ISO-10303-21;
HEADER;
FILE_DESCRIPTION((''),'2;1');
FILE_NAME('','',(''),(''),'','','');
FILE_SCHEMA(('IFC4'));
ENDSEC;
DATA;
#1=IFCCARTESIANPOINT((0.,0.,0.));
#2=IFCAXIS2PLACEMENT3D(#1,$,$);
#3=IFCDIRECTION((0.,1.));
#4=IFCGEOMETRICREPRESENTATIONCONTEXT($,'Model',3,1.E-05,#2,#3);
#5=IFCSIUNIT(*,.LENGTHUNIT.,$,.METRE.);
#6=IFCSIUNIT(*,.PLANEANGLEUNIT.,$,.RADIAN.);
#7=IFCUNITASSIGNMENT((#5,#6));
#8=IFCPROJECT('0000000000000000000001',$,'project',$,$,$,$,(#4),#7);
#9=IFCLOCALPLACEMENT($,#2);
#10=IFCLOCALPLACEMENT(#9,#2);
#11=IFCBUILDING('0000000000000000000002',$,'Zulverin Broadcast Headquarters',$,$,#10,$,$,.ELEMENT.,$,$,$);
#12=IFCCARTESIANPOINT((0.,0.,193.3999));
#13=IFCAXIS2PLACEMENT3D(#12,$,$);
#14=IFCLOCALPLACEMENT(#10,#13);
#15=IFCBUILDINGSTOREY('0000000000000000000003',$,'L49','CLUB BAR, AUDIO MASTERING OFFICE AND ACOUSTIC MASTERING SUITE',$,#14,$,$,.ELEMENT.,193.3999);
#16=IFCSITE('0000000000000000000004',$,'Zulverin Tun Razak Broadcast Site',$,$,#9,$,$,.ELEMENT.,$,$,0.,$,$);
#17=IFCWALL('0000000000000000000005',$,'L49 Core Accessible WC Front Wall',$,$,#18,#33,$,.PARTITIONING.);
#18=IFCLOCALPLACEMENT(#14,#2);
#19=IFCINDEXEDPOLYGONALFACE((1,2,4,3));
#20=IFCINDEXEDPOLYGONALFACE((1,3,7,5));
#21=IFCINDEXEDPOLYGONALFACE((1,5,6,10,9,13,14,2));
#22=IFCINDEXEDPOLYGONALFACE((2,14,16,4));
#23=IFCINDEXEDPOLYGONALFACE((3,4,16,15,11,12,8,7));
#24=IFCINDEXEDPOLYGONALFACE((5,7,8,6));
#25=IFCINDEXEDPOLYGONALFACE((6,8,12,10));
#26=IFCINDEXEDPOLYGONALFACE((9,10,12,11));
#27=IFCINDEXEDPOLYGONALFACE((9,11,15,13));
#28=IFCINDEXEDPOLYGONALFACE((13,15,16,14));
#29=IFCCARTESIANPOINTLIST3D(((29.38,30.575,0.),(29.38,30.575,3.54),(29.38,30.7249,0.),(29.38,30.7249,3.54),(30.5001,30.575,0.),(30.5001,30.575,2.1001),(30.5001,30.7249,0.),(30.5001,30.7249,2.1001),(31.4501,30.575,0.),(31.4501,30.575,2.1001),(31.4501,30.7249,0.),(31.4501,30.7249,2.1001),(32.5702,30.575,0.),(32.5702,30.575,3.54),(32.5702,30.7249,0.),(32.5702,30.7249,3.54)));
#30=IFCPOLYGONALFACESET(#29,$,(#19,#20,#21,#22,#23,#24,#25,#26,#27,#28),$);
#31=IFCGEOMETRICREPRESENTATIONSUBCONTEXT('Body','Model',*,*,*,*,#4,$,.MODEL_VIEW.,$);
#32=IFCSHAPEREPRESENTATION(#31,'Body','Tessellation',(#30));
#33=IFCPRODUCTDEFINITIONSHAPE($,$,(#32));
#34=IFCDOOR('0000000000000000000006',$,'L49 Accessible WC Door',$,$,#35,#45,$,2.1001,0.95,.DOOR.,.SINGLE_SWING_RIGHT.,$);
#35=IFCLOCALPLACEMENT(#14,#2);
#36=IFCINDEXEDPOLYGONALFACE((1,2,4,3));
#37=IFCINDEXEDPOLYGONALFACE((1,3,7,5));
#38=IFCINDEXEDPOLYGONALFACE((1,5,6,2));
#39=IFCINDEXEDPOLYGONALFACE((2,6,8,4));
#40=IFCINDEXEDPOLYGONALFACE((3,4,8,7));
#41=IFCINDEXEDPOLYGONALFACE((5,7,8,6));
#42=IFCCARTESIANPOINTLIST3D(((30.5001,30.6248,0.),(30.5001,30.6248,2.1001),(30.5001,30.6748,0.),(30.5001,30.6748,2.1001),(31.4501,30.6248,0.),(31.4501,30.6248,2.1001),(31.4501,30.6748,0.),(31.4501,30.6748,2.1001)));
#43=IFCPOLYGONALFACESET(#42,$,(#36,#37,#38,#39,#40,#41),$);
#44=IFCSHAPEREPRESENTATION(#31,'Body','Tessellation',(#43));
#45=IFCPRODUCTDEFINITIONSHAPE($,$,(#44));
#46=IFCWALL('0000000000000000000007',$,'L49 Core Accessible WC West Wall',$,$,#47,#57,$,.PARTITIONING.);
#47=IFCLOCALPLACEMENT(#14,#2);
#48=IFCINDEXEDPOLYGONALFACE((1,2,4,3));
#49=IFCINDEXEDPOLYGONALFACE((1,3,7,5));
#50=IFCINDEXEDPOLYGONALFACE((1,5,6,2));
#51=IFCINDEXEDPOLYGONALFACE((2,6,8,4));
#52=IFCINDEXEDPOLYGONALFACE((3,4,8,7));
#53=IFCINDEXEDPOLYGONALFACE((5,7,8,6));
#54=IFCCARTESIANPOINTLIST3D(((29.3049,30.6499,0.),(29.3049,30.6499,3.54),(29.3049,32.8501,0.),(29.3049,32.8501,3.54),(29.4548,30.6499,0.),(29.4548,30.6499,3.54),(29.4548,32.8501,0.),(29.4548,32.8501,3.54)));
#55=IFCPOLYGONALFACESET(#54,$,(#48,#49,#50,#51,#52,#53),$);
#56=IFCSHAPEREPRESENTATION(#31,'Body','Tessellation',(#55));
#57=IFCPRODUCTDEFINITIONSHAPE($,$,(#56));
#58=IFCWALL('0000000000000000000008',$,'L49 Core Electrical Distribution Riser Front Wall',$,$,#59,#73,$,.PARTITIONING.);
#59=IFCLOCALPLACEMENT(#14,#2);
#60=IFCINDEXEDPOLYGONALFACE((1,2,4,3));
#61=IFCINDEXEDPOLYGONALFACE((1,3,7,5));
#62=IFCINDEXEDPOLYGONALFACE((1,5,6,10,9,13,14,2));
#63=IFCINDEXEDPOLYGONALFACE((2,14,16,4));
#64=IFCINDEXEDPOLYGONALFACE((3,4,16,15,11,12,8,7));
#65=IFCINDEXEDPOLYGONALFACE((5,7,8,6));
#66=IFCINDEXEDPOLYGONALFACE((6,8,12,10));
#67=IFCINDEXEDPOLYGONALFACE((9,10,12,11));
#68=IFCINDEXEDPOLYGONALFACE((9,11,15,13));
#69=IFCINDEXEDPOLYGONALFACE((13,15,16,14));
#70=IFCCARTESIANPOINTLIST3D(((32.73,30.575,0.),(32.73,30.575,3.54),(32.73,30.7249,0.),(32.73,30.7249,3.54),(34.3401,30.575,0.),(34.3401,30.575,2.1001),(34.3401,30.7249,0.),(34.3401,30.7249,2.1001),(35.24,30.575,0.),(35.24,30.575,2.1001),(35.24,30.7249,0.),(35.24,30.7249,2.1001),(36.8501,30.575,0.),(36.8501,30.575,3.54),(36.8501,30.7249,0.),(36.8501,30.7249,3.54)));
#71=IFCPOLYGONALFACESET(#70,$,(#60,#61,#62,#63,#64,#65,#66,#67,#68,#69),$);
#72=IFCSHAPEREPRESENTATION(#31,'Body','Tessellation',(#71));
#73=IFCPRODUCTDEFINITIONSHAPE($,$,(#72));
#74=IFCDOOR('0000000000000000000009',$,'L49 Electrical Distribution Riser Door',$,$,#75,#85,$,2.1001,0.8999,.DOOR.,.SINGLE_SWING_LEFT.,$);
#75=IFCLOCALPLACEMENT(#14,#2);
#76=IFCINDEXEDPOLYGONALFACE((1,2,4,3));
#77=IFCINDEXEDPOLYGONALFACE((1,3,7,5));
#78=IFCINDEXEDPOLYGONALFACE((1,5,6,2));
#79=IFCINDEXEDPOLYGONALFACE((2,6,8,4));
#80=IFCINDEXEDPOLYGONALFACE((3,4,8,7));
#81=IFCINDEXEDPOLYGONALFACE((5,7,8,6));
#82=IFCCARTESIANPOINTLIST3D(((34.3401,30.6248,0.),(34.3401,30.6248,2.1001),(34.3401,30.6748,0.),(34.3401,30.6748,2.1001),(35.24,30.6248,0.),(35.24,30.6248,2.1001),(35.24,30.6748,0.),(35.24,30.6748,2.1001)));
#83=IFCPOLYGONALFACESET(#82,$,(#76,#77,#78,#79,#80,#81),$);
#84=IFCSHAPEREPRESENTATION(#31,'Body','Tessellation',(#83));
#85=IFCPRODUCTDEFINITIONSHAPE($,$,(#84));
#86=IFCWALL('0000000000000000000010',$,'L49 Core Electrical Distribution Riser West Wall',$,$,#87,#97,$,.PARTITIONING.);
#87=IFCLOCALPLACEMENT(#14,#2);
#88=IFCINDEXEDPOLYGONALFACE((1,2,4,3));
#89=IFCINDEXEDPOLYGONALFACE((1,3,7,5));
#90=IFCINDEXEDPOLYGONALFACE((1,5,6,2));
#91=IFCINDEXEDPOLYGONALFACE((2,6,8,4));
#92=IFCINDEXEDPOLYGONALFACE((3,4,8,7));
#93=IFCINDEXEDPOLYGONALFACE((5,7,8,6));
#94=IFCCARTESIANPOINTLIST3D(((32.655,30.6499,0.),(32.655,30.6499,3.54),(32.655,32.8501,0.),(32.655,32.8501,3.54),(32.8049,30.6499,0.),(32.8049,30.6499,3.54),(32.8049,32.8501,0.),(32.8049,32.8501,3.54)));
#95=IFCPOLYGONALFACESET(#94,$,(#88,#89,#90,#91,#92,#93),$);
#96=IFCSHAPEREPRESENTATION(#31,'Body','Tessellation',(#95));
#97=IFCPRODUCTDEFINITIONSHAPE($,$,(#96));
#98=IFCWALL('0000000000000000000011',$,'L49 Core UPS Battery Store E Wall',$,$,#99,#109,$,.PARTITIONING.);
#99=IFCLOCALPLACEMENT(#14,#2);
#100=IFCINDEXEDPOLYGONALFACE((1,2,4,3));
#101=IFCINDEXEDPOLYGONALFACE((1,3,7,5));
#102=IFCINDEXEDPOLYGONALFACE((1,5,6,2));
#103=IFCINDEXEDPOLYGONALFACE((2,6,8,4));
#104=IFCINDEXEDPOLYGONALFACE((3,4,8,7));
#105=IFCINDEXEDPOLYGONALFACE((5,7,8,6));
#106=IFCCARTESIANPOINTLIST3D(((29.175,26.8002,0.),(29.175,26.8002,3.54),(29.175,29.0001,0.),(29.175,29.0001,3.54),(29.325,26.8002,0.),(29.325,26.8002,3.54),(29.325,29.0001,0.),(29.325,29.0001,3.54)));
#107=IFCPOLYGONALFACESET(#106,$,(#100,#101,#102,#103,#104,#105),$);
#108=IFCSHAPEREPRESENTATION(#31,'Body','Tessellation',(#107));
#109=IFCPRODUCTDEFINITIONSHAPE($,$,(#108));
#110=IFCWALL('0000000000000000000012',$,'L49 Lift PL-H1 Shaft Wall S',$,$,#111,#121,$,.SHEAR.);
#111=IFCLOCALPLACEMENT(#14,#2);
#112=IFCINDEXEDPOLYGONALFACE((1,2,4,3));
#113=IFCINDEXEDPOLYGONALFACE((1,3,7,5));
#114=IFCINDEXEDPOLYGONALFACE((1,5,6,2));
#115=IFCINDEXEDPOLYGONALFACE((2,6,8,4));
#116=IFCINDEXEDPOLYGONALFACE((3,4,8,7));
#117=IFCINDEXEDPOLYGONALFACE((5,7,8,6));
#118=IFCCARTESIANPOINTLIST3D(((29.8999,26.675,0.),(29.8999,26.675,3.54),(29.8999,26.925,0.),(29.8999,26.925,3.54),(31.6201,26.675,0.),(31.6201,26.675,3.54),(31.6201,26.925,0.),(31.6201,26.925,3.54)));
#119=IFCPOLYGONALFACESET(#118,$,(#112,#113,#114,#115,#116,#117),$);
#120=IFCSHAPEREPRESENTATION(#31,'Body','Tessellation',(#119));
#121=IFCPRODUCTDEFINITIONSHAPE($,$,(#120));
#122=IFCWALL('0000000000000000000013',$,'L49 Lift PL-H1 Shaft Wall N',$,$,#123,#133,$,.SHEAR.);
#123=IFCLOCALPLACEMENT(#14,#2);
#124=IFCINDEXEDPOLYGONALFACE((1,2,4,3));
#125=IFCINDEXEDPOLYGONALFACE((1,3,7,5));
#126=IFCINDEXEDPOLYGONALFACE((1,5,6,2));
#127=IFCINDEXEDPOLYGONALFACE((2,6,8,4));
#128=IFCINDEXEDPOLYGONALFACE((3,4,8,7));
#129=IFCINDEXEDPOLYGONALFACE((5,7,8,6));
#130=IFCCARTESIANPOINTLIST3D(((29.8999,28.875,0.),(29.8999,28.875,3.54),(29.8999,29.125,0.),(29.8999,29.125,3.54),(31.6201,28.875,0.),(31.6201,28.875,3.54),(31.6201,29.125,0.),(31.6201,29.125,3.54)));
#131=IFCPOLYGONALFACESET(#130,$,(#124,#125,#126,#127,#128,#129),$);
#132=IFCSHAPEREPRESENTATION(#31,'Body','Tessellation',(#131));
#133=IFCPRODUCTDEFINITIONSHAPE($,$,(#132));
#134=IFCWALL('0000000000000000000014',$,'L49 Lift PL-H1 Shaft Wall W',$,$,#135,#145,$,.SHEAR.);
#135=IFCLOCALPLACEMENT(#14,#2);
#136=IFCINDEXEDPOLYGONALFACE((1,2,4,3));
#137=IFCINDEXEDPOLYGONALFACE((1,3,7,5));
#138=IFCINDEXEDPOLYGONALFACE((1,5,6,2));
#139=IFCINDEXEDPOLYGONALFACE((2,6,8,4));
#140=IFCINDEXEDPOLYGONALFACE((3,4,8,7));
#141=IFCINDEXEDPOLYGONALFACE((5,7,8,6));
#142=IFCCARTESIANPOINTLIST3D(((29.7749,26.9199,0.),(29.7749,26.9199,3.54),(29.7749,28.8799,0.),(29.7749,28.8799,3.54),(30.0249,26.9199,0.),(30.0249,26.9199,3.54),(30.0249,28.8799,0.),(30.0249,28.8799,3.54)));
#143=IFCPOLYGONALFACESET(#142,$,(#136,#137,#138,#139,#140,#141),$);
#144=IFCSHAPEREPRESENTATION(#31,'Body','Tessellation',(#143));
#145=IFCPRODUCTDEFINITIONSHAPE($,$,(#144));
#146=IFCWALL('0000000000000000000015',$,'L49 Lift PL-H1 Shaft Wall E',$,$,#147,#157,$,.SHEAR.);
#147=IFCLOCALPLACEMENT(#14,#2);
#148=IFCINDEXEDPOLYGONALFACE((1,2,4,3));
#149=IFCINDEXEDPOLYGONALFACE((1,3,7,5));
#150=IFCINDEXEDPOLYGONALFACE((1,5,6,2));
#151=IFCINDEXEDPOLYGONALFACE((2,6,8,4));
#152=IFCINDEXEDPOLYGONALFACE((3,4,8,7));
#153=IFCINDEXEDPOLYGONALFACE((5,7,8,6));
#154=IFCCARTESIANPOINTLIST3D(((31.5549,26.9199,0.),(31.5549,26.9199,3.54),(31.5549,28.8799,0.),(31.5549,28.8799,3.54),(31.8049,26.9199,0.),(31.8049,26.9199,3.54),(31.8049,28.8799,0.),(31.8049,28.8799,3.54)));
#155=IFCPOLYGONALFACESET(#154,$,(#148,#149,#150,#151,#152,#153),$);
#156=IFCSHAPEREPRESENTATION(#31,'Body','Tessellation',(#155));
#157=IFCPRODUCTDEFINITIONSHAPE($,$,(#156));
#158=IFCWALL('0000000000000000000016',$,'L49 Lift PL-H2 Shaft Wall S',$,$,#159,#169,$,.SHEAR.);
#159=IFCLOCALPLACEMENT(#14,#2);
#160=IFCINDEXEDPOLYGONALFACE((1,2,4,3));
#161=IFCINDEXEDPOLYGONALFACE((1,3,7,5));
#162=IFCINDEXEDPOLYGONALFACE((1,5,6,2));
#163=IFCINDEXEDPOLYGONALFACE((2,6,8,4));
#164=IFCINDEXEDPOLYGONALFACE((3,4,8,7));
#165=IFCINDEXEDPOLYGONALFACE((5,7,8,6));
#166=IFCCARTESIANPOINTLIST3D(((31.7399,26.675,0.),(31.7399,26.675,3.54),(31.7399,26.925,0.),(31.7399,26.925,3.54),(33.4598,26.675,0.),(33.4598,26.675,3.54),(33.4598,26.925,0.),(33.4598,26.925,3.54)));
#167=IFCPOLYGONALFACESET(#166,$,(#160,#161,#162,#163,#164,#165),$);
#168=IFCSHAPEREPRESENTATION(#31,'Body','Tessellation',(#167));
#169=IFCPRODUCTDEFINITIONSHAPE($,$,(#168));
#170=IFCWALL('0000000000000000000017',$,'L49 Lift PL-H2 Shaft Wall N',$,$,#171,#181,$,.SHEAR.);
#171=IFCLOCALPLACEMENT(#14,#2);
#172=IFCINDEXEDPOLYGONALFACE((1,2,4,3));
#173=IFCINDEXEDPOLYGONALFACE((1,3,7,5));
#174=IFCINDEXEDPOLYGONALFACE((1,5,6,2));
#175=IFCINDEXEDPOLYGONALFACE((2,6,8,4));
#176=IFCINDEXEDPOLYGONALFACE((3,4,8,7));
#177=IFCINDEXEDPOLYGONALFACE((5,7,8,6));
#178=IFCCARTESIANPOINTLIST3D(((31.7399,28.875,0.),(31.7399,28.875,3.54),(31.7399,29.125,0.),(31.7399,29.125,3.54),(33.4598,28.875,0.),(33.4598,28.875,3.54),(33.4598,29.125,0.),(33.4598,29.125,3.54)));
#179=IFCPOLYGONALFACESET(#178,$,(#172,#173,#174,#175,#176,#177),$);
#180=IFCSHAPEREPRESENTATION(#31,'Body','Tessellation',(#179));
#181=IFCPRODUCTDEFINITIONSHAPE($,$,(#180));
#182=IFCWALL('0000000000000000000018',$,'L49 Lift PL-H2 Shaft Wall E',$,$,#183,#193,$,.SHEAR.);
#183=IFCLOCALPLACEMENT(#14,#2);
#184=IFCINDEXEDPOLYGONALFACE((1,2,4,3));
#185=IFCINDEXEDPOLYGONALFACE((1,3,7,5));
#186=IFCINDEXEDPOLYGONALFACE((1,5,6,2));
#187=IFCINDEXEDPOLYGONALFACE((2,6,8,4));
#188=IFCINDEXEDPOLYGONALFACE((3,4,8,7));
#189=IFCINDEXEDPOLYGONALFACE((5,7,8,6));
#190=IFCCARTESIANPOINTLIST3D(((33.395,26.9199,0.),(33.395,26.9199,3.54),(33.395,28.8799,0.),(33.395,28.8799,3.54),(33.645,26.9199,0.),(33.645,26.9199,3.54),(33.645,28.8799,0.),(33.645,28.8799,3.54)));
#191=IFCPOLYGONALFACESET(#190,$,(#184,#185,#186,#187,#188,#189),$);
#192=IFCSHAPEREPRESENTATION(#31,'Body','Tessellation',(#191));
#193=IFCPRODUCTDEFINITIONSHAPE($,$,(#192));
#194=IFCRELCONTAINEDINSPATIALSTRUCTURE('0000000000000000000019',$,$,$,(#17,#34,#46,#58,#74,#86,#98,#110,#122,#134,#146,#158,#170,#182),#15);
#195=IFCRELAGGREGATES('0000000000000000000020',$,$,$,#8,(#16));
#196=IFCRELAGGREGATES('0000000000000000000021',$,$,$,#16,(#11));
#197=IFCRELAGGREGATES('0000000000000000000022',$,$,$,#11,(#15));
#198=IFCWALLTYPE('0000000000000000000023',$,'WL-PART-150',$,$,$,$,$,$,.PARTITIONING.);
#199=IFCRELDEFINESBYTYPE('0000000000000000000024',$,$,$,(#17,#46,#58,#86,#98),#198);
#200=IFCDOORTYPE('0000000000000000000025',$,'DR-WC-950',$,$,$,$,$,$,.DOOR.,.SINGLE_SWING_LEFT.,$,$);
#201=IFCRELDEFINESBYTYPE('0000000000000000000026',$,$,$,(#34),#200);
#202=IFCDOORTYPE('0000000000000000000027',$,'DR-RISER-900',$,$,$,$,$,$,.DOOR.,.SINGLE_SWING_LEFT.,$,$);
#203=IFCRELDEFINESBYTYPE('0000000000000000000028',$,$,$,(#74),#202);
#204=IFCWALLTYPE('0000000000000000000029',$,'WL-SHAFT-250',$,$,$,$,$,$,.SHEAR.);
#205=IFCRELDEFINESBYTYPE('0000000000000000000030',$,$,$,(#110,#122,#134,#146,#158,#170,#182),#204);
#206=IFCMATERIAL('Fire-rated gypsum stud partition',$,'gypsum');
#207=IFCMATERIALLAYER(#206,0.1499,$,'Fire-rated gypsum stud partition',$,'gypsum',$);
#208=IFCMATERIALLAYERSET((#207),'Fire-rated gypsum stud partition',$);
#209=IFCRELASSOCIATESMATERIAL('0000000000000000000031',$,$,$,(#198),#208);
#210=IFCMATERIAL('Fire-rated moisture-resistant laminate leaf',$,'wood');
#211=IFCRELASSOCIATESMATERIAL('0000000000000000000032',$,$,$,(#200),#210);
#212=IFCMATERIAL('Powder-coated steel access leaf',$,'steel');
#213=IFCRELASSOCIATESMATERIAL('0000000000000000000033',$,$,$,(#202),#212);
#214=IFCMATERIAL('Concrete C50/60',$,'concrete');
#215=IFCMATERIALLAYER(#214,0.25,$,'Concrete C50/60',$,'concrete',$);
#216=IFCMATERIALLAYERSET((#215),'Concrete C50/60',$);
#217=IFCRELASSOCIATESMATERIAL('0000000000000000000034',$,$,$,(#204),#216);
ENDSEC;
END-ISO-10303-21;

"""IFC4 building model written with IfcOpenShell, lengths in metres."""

from ifc_helpers import new_model, si_unit, direction, frame, frame_2d, origin, place, context, subcontext, project, spatial, rectangle, extrude, material, layer, layer_set, type_object, element, fill, save


model = new_model("IFC4")

# Units and contexts
model_context = context("Model", 3, precision=1e-05, world=origin(), true_north=direction((0.0, 1.0)))
body_context = subcontext(model_context, "Body", "Model", "MODEL_VIEW")
ifc_project = project(units=[si_unit("LENGTHUNIT", "METRE"), si_unit("PLANEANGLEUNIT", "RADIAN")], contexts=[model_context])

# Site, building, storey
site_placement = place(None, origin())
site = spatial("IfcSite", under=ifc_project, at=site_placement, Name="Zulverin Tun Razak Broadcast Site", CompositionType="ELEMENT", RefElevation=0.0)
building_placement = place(site_placement, origin())
building = spatial("IfcBuilding", under=site, at=building_placement, Name="Zulverin Broadcast Headquarters", CompositionType="ELEMENT")
storey_placement = place(building_placement, frame((0.0, 0.0, 193.3999)))
storey = spatial("IfcBuildingStorey", under=building, at=storey_placement, Name="L49", Description="CLUB BAR, AUDIO MASTERING OFFICE AND ACOUSTIC MASTERING SUITE", CompositionType="ELEMENT", Elevation=193.3999)

# Wall, opening, door
ifc_material_1 = material(Name="Fire-rated gypsum stud partition", Category="gypsum")
ifc_layer_1 = layer(ifc_material_1, 0.1499, Name="Fire-rated gypsum stud partition", Category="gypsum")
ifc_layer_set_1 = layer_set([ifc_layer_1], Name="Fire-rated gypsum stud partition")
wall_type_1 = type_object("IfcWallType", Name="WL-PART-150", PredefinedType="PARTITIONING", material=ifc_layer_set_1)
wall_1_placement = place(storey_placement, frame((29.3799, 30.6499, 0.0), z_axis=(0.0, 0.0, 1.0), x_axis=(1.0, 0.0, 0.0)))
wall_1 = element("IfcWall", 1, at=wall_1_placement, inside=storey, type_object=wall_type_1, Name="L49 Core Accessible WC Front Wall", PredefinedType="PARTITIONING", context=body_context, shape_type="SweptSolid", body=[
    extrude(rectangle(XDim=3.1902, YDim=0.1499, at=frame_2d((1.5952, 0.0))), origin(), (0.0, 0.0, 1.0), 3.54),
])
opening_1_placement = place(wall_1_placement, frame((1.1201, 0.0, 0.0)))
opening_1 = element("IfcOpeningElement", 2, at=opening_1_placement, cuts=wall_1, PredefinedType="OPENING", context=body_context, shape_type="SweptSolid", body=[
    extrude(rectangle(XDim=0.95, YDim=2.1001, at=frame_2d((0.4751, 1.05))), frame((0.0, 0.085, 0.0), z_axis=(0.0, -1.0, 0.0), x_axis=(1.0, 0.0, 0.0)), (0.0, 0.0, 1.0), 0.1699),
])
ifc_material_2 = material(Name="Fire-rated moisture-resistant laminate leaf", Category="wood")
door_type_1 = type_object("IfcDoorType", Name="DR-WC-950", OperationType="SINGLE_SWING_LEFT", PredefinedType="DOOR", material=ifc_material_2)
door_1_placement = place(opening_1_placement, origin())
door_1 = element("IfcDoor", 3, at=door_1_placement, inside=storey, type_object=door_type_1, Name="L49 Accessible WC Door", OperationType="SINGLE_SWING_RIGHT", OverallHeight=2.1001, OverallWidth=0.95, PredefinedType="DOOR", context=body_context, shape_type="SweptSolid", body=[
    extrude(rectangle(XDim=0.95, YDim=2.1001, at=frame_2d((0.4751, 1.05))), frame((0.0, 0.0249, 0.0), z_axis=(0.0, -1.0, 0.0), x_axis=(1.0, 0.0, 0.0)), (0.0, 0.0, 1.0), 0.05),
])
fill(opening_1, door_1)

# Wall
wall_2_placement = place(storey_placement, frame((29.3799, 30.6499, 0.0), z_axis=(0.0, 0.0, 1.0), x_axis=(0.0, 1.0, 0.0)))
element("IfcWall", 4, at=wall_2_placement, inside=storey, type_object=wall_type_1, Name="L49 Core Accessible WC West Wall", PredefinedType="PARTITIONING", context=body_context, shape_type="SweptSolid", body=[
    extrude(rectangle(XDim=2.2002, YDim=0.1499, at=frame_2d((1.1001, 0.0))), origin(), (0.0, 0.0, 1.0), 3.54),
])

# Wall, opening, door
wall_3_placement = place(storey_placement, frame((32.73, 30.6499, 0.0), z_axis=(0.0, 0.0, 1.0), x_axis=(1.0, 0.0, 0.0)))
wall_3 = element("IfcWall", 5, at=wall_3_placement, inside=storey, type_object=wall_type_1, Name="L49 Core Electrical Distribution Riser Front Wall", PredefinedType="PARTITIONING", context=body_context, shape_type="SweptSolid", body=[
    extrude(rectangle(XDim=4.1201, YDim=0.1499, at=frame_2d((2.0601, 0.0))), origin(), (0.0, 0.0, 1.0), 3.54),
])
opening_2_placement = place(wall_3_placement, frame((1.6101, 0.0, 0.0)))
opening_2 = element("IfcOpeningElement", 6, at=opening_2_placement, cuts=wall_3, PredefinedType="OPENING", context=body_context, shape_type="SweptSolid", body=[
    extrude(rectangle(XDim=0.8999, YDim=2.1001, at=frame_2d((0.45, 1.05))), frame((0.0, 0.085, 0.0), z_axis=(0.0, -1.0, 0.0), x_axis=(1.0, 0.0, 0.0)), (0.0, 0.0, 1.0), 0.1699),
])
ifc_material_3 = material(Name="Powder-coated steel access leaf", Category="steel")
door_type_2 = type_object("IfcDoorType", Name="DR-RISER-900", OperationType="SINGLE_SWING_LEFT", PredefinedType="DOOR", material=ifc_material_3)
door_2_placement = place(opening_2_placement, origin())
door_2 = element("IfcDoor", 7, at=door_2_placement, inside=storey, type_object=door_type_2, Name="L49 Electrical Distribution Riser Door", OperationType="SINGLE_SWING_LEFT", OverallHeight=2.1001, OverallWidth=0.8999, PredefinedType="DOOR", context=body_context, shape_type="SweptSolid", body=[
    extrude(rectangle(XDim=0.8999, YDim=2.1001, at=frame_2d((0.45, 1.05))), frame((0.0, 0.0249, 0.0), z_axis=(0.0, -1.0, 0.0), x_axis=(1.0, 0.0, 0.0)), (0.0, 0.0, 1.0), 0.05),
])
fill(opening_2, door_2)

# Walls
wall_4_placement = place(storey_placement, frame((32.73, 30.6499, 0.0), z_axis=(0.0, 0.0, 1.0), x_axis=(0.0, 1.0, 0.0)))
element("IfcWall", 8, at=wall_4_placement, inside=storey, type_object=wall_type_1, Name="L49 Core Electrical Distribution Riser West Wall", PredefinedType="PARTITIONING", context=body_context, shape_type="SweptSolid", body=[
    extrude(rectangle(XDim=2.2002, YDim=0.1499, at=frame_2d((1.1001, 0.0))), origin(), (0.0, 0.0, 1.0), 3.54),
])
wall_5_placement = place(storey_placement, frame((29.25, 26.8, 0.0), z_axis=(0.0, 0.0, 1.0), x_axis=(0.0, 1.0, 0.0)))
element("IfcWall", 9, at=wall_5_placement, inside=storey, type_object=wall_type_1, Name="L49 Core UPS Battery Store E Wall", PredefinedType="PARTITIONING", context=body_context, shape_type="SweptSolid", body=[
    extrude(rectangle(XDim=2.2, YDim=0.1499, at=frame_2d((1.1001, 0.0))), origin(), (0.0, 0.0, 1.0), 3.54),
])

# Shared definitions
ifc_material_4 = material(Name="Concrete C50/60", Category="concrete")
ifc_layer_2 = layer(ifc_material_4, 0.25, Name="Concrete C50/60", Category="concrete")
ifc_layer_set_2 = layer_set([ifc_layer_2], Name="Concrete C50/60")
wall_type_2 = type_object("IfcWallType", Name="WL-SHAFT-250", PredefinedType="SHEAR", material=ifc_layer_set_2)

# Walls
for number, where, z_axis, x_axis, name in (
    (10, (29.8999, 26.8, 0.0), (0.0, 0.0, 1.0), (1.0, 0.0, 0.0), "L49 Lift PL-H1 Shaft Wall S"),
    (11, (29.8999, 29.0, 0.0), (0.0, 0.0, 1.0), (1.0, 0.0, 0.0), "L49 Lift PL-H1 Shaft Wall N"),
):
    element("IfcWall", number, at=place(storey_placement, frame(where, z_axis=z_axis, x_axis=x_axis)), inside=storey, type_object=wall_type_2, Name=name, PredefinedType="SHEAR", context=body_context, shape_type="SweptSolid", body=[
        extrude(rectangle(XDim=1.7202, YDim=0.25, at=frame_2d((0.8601, 0.0))), origin(), (0.0, 0.0, 1.0), 3.54),
    ])
for number, where, z_axis, x_axis, name in (
    (12, (29.8999, 26.9199, 0.0), (0.0, 0.0, 1.0), (0.0, 1.0, 0.0), "L49 Lift PL-H1 Shaft Wall W"),
    (13, (31.6799, 26.9199, 0.0), (0.0, 0.0, 1.0), (0.0, 1.0, 0.0), "L49 Lift PL-H1 Shaft Wall E"),
):
    element("IfcWall", number, at=place(storey_placement, frame(where, z_axis=z_axis, x_axis=x_axis)), inside=storey, type_object=wall_type_2, Name=name, PredefinedType="SHEAR", context=body_context, shape_type="SweptSolid", body=[
        extrude(rectangle(XDim=1.96, YDim=0.25, at=frame_2d((0.98, 0.0))), origin(), (0.0, 0.0, 1.0), 3.54),
    ])
for number, where, z_axis, x_axis, name in (
    (14, (31.74, 26.8, 0.0), (0.0, 0.0, 1.0), (1.0, 0.0, 0.0), "L49 Lift PL-H2 Shaft Wall S"),
    (15, (31.74, 29.0, 0.0), (0.0, 0.0, 1.0), (1.0, 0.0, 0.0), "L49 Lift PL-H2 Shaft Wall N"),
):
    element("IfcWall", number, at=place(storey_placement, frame(where, z_axis=z_axis, x_axis=x_axis)), inside=storey, type_object=wall_type_2, Name=name, PredefinedType="SHEAR", context=body_context, shape_type="SweptSolid", body=[
        extrude(rectangle(XDim=1.72, YDim=0.25, at=frame_2d((0.8599, 0.0))), origin(), (0.0, 0.0, 1.0), 3.54),
    ])
wall_6_placement = place(storey_placement, frame((33.52, 26.9199, 0.0), z_axis=(0.0, 0.0, 1.0), x_axis=(0.0, 1.0, 0.0)))
element("IfcWall", 16, at=wall_6_placement, inside=storey, type_object=wall_type_2, Name="L49 Lift PL-H2 Shaft Wall E", PredefinedType="SHEAR", context=body_context, shape_type="SweptSolid", body=[
    extrude(rectangle(XDim=1.96, YDim=0.25, at=frame_2d((0.98, 0.0))), origin(), (0.0, 0.0, 1.0), 3.54),
])

save(model, "model.ifc")
